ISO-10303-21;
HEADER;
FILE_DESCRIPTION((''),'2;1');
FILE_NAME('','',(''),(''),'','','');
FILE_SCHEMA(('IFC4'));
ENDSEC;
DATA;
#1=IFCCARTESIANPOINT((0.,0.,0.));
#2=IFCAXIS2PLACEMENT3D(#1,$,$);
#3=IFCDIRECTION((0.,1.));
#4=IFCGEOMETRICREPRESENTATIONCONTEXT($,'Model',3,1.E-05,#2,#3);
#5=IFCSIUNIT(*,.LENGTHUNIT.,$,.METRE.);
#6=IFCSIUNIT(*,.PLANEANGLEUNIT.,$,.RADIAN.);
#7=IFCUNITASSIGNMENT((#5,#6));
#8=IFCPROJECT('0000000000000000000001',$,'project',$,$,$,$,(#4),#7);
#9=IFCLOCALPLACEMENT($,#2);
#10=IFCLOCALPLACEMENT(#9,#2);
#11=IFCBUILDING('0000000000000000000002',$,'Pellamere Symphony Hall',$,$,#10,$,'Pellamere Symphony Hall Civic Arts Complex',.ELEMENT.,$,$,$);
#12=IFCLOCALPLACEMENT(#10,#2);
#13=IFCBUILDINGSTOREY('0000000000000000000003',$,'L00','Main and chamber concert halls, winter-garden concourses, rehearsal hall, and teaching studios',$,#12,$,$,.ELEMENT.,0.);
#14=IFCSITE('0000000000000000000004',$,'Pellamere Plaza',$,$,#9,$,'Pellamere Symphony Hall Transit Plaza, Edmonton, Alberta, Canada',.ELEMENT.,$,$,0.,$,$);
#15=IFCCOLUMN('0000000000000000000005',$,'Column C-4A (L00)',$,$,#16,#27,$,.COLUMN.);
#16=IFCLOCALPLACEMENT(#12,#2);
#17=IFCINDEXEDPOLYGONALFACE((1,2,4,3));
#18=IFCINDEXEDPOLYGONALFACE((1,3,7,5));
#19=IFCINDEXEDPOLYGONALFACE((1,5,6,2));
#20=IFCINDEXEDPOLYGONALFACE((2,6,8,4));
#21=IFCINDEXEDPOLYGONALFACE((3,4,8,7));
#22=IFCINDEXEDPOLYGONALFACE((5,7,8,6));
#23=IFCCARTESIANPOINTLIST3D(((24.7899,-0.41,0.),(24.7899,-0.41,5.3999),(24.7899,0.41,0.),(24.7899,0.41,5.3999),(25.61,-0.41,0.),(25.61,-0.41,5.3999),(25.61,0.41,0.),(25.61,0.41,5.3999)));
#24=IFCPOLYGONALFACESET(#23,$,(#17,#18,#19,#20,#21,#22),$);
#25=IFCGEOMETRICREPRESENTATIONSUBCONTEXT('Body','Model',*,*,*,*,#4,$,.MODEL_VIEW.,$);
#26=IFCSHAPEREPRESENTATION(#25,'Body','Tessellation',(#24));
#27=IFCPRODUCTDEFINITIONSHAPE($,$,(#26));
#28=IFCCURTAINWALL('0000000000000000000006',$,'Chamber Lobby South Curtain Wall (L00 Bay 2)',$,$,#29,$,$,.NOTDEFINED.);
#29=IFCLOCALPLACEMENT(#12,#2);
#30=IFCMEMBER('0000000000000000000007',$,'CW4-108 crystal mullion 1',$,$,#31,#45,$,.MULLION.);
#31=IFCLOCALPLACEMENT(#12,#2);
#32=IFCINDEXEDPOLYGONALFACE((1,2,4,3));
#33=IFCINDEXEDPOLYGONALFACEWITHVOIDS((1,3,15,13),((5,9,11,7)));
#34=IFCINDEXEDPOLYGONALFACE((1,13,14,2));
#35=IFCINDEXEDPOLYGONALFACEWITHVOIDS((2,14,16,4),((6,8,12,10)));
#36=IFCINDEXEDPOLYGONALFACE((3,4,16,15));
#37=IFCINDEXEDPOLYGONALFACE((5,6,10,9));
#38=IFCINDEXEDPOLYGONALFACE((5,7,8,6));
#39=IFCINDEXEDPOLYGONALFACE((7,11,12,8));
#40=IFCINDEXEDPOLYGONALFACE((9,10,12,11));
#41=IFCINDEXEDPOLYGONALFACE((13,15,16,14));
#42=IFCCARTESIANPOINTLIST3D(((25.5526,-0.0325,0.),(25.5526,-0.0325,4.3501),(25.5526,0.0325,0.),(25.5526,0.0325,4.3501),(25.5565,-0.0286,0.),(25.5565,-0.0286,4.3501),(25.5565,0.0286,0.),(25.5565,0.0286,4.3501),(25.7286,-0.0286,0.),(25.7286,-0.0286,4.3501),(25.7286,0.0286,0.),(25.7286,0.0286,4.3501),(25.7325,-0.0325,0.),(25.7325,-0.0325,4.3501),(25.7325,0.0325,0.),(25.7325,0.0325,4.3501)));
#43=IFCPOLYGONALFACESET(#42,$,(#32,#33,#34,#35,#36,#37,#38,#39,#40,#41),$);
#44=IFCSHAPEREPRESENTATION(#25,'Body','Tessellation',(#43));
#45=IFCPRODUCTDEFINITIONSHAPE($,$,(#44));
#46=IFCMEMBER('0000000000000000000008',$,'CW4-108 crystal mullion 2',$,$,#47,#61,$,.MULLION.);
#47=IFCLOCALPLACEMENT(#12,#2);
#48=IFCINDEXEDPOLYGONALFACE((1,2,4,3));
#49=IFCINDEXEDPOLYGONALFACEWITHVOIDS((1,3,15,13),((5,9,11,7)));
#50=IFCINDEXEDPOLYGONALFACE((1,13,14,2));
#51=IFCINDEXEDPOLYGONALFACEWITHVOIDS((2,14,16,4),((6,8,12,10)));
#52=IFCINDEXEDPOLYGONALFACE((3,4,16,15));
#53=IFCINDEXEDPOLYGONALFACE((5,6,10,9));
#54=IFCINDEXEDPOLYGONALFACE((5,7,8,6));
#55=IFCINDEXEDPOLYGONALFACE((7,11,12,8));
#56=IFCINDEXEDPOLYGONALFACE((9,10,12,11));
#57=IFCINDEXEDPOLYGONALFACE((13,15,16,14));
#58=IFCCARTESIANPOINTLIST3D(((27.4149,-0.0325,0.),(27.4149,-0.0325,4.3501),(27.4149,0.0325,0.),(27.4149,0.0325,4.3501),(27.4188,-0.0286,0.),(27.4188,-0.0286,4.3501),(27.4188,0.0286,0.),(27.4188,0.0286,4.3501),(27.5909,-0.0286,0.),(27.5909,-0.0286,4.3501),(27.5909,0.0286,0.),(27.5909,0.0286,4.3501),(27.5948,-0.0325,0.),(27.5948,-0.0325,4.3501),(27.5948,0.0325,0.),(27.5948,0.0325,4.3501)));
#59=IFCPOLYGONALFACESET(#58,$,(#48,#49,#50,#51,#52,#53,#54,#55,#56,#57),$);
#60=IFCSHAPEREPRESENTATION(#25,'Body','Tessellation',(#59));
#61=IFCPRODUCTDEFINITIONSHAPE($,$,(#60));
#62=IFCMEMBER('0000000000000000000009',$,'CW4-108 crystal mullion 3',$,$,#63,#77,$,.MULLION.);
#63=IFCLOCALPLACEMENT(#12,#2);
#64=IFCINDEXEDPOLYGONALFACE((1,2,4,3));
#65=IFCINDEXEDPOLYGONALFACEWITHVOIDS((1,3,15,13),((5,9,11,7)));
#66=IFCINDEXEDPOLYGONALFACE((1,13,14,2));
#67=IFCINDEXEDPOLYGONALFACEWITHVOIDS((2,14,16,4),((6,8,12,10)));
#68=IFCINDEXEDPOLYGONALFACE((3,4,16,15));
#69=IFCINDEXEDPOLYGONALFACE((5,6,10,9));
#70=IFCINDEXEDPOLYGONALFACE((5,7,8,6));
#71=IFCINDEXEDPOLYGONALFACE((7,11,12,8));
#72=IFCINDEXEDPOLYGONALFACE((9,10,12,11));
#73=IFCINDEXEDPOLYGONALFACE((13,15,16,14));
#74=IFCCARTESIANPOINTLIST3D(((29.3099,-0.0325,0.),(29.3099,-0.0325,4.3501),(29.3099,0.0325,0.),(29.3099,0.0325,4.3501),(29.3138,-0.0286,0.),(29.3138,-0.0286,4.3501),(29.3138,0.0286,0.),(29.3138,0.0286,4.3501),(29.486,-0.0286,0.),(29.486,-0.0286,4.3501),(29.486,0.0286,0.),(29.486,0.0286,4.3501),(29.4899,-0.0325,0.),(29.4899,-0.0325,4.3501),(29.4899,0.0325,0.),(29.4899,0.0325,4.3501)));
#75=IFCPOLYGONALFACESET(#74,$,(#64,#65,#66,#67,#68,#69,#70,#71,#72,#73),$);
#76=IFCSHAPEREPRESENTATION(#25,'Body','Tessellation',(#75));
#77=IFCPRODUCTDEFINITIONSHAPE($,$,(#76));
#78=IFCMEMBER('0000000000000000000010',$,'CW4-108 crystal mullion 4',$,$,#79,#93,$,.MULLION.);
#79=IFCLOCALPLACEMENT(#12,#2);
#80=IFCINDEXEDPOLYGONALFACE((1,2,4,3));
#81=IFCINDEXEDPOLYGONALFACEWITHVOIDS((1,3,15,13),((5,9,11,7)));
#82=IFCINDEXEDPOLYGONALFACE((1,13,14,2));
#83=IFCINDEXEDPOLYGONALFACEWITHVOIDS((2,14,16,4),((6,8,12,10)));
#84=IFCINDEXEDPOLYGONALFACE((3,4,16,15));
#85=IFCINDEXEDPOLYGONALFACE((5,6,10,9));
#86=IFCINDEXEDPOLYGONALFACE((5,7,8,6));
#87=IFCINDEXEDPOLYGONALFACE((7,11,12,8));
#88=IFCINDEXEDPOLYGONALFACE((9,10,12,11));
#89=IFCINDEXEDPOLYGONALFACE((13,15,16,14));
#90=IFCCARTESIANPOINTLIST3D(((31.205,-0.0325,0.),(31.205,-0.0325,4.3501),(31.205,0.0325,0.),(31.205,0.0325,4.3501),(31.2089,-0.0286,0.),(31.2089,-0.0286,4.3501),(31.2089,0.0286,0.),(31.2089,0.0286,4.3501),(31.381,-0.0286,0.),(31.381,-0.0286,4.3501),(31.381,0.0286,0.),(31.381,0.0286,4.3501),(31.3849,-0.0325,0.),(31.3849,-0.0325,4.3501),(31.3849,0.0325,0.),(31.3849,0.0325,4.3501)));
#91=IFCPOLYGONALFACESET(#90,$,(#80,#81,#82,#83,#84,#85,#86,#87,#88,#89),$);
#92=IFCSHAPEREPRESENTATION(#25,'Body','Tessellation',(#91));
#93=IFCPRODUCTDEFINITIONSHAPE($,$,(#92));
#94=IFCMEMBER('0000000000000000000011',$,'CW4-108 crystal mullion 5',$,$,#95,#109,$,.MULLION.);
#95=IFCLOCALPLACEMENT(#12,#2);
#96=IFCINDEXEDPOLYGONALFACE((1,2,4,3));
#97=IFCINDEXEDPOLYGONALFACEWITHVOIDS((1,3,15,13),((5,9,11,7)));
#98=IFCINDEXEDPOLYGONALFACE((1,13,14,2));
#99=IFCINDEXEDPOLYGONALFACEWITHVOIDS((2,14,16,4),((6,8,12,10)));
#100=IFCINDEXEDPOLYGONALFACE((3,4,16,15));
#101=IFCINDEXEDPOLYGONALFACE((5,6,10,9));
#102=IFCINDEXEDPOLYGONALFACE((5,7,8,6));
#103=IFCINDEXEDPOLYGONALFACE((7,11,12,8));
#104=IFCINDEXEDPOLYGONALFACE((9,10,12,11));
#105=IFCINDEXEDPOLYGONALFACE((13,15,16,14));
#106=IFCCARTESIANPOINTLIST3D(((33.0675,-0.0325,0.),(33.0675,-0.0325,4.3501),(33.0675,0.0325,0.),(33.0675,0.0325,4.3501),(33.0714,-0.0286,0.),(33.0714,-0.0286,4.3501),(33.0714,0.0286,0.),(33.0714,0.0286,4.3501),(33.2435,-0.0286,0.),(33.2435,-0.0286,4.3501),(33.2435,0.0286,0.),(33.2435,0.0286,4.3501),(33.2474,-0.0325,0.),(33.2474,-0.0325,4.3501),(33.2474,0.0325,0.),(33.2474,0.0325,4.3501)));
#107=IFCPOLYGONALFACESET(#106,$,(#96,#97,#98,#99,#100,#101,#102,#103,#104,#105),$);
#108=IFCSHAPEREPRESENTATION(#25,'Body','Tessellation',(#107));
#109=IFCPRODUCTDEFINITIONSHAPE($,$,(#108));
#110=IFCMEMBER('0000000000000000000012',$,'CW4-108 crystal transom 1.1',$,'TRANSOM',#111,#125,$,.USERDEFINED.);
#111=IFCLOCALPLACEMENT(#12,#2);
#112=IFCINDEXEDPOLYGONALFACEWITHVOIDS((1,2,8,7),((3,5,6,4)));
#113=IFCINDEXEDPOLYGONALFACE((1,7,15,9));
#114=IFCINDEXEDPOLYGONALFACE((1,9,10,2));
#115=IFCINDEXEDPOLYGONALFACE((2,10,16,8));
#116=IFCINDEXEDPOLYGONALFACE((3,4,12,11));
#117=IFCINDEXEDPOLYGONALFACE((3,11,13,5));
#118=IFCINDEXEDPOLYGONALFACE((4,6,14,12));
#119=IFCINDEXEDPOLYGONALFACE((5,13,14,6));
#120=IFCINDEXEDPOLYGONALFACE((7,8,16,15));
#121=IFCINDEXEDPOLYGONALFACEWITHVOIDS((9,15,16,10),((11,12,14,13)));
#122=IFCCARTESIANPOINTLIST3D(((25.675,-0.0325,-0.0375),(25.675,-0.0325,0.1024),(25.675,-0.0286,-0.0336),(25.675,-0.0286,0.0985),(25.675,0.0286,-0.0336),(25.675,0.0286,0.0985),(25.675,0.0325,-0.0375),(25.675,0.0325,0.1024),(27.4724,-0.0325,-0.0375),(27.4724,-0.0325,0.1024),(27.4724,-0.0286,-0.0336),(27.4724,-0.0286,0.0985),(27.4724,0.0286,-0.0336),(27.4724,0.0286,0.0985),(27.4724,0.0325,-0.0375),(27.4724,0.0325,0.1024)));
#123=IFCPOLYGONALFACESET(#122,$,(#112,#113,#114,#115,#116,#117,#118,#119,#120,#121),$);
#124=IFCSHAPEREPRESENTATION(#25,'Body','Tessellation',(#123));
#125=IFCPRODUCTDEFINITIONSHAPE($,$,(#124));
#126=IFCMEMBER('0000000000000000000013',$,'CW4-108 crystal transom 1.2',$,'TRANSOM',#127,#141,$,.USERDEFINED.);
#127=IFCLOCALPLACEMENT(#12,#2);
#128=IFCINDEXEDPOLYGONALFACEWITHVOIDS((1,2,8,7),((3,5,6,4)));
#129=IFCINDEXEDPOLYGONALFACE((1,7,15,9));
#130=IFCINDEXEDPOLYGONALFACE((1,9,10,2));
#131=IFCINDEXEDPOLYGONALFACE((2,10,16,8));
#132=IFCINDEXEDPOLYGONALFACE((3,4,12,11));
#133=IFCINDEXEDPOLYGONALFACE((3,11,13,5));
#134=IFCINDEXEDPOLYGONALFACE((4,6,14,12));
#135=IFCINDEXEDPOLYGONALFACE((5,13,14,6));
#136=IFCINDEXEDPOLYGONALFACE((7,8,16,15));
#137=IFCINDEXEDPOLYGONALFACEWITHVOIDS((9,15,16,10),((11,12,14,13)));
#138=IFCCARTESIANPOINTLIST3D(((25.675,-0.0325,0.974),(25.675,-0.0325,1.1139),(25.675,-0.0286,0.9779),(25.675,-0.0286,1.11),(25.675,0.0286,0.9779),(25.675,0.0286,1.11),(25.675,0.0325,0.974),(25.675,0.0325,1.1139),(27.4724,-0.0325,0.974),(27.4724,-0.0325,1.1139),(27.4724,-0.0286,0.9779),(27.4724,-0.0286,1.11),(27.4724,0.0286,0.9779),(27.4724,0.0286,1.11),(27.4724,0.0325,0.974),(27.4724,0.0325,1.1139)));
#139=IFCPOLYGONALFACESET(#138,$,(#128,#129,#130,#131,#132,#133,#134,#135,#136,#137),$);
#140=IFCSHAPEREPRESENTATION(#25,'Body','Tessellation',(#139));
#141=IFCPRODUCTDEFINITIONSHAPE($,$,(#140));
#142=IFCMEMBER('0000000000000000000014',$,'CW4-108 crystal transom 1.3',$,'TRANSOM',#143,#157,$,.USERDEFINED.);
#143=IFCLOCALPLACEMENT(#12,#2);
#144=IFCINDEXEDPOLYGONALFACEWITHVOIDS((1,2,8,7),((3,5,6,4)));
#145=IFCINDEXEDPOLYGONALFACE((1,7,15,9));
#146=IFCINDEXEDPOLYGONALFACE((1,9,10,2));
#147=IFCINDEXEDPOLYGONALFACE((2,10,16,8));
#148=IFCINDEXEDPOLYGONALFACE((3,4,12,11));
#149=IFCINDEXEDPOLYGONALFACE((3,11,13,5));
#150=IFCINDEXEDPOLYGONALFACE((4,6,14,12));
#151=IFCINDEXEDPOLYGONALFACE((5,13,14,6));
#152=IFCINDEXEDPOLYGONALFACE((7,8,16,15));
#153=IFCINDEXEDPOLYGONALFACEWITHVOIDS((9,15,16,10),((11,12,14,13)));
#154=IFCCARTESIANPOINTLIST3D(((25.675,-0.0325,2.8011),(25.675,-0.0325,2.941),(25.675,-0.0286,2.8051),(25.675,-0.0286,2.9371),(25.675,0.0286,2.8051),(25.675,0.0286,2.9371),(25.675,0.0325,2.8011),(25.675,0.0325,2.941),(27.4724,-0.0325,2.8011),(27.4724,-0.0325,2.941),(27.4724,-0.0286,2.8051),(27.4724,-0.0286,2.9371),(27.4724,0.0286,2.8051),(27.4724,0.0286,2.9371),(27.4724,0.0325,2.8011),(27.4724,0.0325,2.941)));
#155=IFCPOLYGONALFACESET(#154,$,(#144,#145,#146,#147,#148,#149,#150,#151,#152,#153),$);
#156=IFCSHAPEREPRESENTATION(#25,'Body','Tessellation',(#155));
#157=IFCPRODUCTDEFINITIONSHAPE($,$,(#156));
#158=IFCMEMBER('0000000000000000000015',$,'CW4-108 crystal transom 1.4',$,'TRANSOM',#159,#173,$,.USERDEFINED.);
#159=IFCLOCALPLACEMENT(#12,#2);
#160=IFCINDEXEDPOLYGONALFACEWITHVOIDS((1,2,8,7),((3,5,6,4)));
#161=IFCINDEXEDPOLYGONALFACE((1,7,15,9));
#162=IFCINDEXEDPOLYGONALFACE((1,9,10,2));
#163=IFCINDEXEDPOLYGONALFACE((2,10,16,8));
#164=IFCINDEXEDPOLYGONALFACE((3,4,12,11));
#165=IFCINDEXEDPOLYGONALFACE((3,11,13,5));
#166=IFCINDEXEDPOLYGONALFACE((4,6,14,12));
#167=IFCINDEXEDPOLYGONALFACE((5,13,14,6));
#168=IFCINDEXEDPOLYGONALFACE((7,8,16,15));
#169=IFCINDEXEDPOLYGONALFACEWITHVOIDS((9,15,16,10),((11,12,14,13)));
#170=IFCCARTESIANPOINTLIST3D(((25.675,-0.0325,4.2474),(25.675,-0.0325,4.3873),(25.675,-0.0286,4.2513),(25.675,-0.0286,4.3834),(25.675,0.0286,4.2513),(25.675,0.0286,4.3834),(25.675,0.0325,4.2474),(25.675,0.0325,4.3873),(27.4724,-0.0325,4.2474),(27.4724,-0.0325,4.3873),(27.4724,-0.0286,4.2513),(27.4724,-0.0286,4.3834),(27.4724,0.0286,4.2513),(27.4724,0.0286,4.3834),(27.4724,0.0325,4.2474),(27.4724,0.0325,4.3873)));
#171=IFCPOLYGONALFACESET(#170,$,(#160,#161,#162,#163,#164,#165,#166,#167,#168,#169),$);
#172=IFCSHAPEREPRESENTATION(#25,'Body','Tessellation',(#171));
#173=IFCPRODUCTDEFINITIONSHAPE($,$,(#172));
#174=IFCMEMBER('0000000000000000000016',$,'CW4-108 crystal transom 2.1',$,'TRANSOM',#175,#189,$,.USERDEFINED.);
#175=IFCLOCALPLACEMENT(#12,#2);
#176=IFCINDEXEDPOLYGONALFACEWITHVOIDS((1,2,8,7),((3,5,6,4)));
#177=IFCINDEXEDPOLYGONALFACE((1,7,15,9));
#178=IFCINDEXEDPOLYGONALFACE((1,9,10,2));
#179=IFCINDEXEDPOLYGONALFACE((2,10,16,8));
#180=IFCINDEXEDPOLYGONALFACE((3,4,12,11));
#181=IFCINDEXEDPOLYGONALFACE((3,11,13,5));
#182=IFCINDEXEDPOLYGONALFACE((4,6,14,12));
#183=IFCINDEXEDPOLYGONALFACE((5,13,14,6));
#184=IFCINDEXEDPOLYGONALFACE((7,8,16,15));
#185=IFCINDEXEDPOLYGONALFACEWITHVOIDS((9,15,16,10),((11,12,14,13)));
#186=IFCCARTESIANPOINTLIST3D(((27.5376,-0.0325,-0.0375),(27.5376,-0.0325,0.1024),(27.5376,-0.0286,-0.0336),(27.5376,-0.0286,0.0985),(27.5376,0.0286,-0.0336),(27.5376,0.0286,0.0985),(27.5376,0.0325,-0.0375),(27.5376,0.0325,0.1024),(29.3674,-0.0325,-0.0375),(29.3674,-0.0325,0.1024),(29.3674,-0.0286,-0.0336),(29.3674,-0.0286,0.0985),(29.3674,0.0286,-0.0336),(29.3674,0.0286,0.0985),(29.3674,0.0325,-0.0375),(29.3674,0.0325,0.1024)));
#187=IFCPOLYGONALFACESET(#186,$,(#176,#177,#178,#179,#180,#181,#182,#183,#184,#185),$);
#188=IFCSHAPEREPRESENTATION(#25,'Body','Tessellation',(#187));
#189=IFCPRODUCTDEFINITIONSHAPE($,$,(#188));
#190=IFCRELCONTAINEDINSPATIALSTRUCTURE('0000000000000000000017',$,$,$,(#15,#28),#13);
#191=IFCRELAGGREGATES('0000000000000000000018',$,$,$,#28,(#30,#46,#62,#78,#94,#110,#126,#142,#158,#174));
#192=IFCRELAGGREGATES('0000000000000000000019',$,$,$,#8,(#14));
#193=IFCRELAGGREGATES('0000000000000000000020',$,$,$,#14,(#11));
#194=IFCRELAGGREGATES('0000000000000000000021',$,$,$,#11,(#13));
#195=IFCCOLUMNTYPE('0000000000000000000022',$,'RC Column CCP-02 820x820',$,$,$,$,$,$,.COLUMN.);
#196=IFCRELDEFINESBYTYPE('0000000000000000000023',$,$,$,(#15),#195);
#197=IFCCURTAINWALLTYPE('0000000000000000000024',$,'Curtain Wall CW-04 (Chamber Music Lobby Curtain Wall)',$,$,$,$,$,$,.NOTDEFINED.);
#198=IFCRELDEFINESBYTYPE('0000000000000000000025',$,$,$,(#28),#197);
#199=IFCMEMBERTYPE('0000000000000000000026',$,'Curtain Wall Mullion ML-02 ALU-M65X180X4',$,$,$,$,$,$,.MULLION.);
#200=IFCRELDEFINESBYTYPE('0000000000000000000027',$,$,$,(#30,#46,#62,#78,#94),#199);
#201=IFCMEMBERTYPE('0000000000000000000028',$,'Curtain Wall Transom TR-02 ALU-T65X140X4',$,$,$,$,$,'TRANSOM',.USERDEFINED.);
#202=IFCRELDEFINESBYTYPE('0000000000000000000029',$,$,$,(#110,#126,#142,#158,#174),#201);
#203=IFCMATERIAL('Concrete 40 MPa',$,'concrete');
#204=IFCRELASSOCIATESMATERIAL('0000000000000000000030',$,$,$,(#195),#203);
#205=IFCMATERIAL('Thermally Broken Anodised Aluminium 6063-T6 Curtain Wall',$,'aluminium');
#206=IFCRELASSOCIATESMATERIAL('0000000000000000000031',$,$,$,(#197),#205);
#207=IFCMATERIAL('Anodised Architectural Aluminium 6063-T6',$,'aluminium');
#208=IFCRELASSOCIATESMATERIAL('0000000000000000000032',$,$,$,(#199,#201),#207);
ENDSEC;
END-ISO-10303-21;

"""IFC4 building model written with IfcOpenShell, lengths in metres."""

from ifc_helpers import new_model, si_unit, direction, frame, origin, origin_2d, place, context, subcontext, project, spatial, rectangle, hollow_rectangle, extrude, material, material_profile, profile_set, type_object, element, aggregate, save


model = new_model("IFC4")

# Units and contexts
model_context = context("Model", 3, precision=1e-05, world=origin(), true_north=direction((0.0, 1.0)))
body_context = subcontext(model_context, "Body", "Model", "MODEL_VIEW")
ifc_project = project(units=[si_unit("LENGTHUNIT", "METRE"), si_unit("PLANEANGLEUNIT", "RADIAN")], contexts=[model_context])

# Site, building, storey
site_placement = place(None, origin())
site = spatial("IfcSite", under=ifc_project, at=site_placement, Name="Pellamere Plaza", LongName="Pellamere Symphony Hall Transit Plaza, Edmonton, Alberta, Canada", CompositionType="ELEMENT", RefElevation=0.0)
building_placement = place(site_placement, origin())
building = spatial("IfcBuilding", under=site, at=building_placement, Name="Pellamere Symphony Hall", LongName="Pellamere Symphony Hall Civic Arts Complex", CompositionType="ELEMENT")
storey_placement = place(building_placement, origin())
storey = spatial("IfcBuildingStorey", under=building, at=storey_placement, Name="L00", Description="Main and chamber concert halls, winter-garden concourses, rehearsal hall, and teaching studios", CompositionType="ELEMENT", Elevation=0.0)

# Column
ifc_material_1 = material(Name="Concrete 40 MPa", Category="concrete")
ifc_material_profile_1 = material_profile(ifc_material_1, rectangle(XDim=0.8201, YDim=0.8201, at=origin_2d()), Name="RC 820x820")
ifc_profile_set_1 = profile_set([ifc_material_profile_1], Name="Concrete 40 MPa")
column_type = type_object("IfcColumnType", Name="RC Column CCP-02 820x820", PredefinedType="COLUMN", material=ifc_profile_set_1)
column_placement = place(storey_placement, frame((25.2, 0.0, 0.0), z_axis=(0.0, 0.0, 1.0), x_axis=(1.0, 0.0, 0.0)))
element("IfcColumn", 1, at=column_placement, inside=storey, type_object=column_type, Name="Column C-4A (L00)", PredefinedType="COLUMN", context=body_context, shape_type="SweptSolid", body=[
    extrude(rectangle(XDim=0.8201, YDim=0.8201, at=origin_2d()), origin(), (0.0, 0.0, 1.0), 5.3999),
])

# Curtain wall, members
ifc_material_2 = material(Name="Thermally Broken Anodised Aluminium 6063-T6 Curtain Wall", Category="aluminium")
curtain_wall_type = type_object("IfcCurtainWallType", Name="Curtain Wall CW-04 (Chamber Music Lobby Curtain Wall)", PredefinedType="NOTDEFINED", material=ifc_material_2)
curtain_wall_placement = place(storey_placement, origin())
curtain_wall = element("IfcCurtainWall", 2, at=curtain_wall_placement, inside=storey, type_object=curtain_wall_type, Name="Chamber Lobby South Curtain Wall (L00 Bay 2)", PredefinedType="NOTDEFINED")
ifc_material_3 = material(Name="Anodised Architectural Aluminium 6063-T6", Category="aluminium")
ifc_material_profile_2 = material_profile(ifc_material_3, hollow_rectangle(XDim=0.0649, YDim=0.1799, WallThickness=0.0039, at=origin_2d()), Name="ALU-M65X180X4")
ifc_profile_set_2 = profile_set([ifc_material_profile_2], Name="Anodised Architectural Aluminium 6063-T6")
member_type_1 = type_object("IfcMemberType", Name="Curtain Wall Mullion ML-02 ALU-M65X180X4", PredefinedType="MULLION", material=ifc_profile_set_2)
member_1_placement = place(storey_placement, frame((25.6426, 0.0, 0.0), z_axis=(0.0, 0.0, 1.0), x_axis=(0.0, 1.0, 0.0)))
member_1 = element("IfcMember", 3, at=member_1_placement, type_object=member_type_1, Name="CW4-108 crystal mullion 1", PredefinedType="MULLION", context=body_context, shape_type="SweptSolid", body=[
    extrude(hollow_rectangle(XDim=0.0649, YDim=0.1799, WallThickness=0.0039, at=origin_2d()), origin(), (0.0, 0.0, 1.0), 4.3501),
])
member_2_placement = place(storey_placement, frame((27.5049, 0.0, 0.0), z_axis=(0.0, 0.0, 1.0), x_axis=(0.0, 1.0, 0.0)))
member_2 = element("IfcMember", 4, at=member_2_placement, type_object=member_type_1, Name="CW4-108 crystal mullion 2", PredefinedType="MULLION", context=body_context, shape_type="SweptSolid", body=[
    extrude(hollow_rectangle(XDim=0.0649, YDim=0.1799, WallThickness=0.0039, at=origin_2d()), origin(), (0.0, 0.0, 1.0), 4.3501),
])
member_3_placement = place(storey_placement, frame((29.3999, 0.0, 0.0), z_axis=(0.0, 0.0, 1.0), x_axis=(0.0, 1.0, 0.0)))
member_3 = element("IfcMember", 5, at=member_3_placement, type_object=member_type_1, Name="CW4-108 crystal mullion 3", PredefinedType="MULLION", context=body_context, shape_type="SweptSolid", body=[
    extrude(hollow_rectangle(XDim=0.0649, YDim=0.1799, WallThickness=0.0039, at=origin_2d()), origin(), (0.0, 0.0, 1.0), 4.3501),
])
member_4_placement = place(storey_placement, frame((31.2949, 0.0, 0.0), z_axis=(0.0, 0.0, 1.0), x_axis=(0.0, 1.0, 0.0)))
member_4 = element("IfcMember", 6, at=member_4_placement, type_object=member_type_1, Name="CW4-108 crystal mullion 4", PredefinedType="MULLION", context=body_context, shape_type="SweptSolid", body=[
    extrude(hollow_rectangle(XDim=0.0649, YDim=0.1799, WallThickness=0.0039, at=origin_2d()), origin(), (0.0, 0.0, 1.0), 4.3501),
])
member_5_placement = place(storey_placement, frame((33.1575, 0.0, 0.0), z_axis=(0.0, 0.0, 1.0), x_axis=(0.0, 1.0, 0.0)))
member_5 = element("IfcMember", 7, at=member_5_placement, type_object=member_type_1, Name="CW4-108 crystal mullion 5", PredefinedType="MULLION", context=body_context, shape_type="SweptSolid", body=[
    extrude(hollow_rectangle(XDim=0.0649, YDim=0.1799, WallThickness=0.0039, at=origin_2d()), origin(), (0.0, 0.0, 1.0), 4.3501),
])
ifc_material_profile_3 = material_profile(ifc_material_3, hollow_rectangle(XDim=0.0649, YDim=0.1399, WallThickness=0.0039, at=origin_2d()), Name="ALU-T65X140X4")
ifc_profile_set_3 = profile_set([ifc_material_profile_3], Name="Anodised Architectural Aluminium 6063-T6")
member_type_2 = type_object("IfcMemberType", Name="Curtain Wall Transom TR-02 ALU-T65X140X4", ElementType="TRANSOM", PredefinedType="USERDEFINED", material=ifc_profile_set_3)
member_6_placement = place(storey_placement, frame((25.675, 0.0, 0.0325), z_axis=(1.0, 0.0, 0.0), x_axis=(0.0, 1.0, 0.0)))
member_6 = element("IfcMember", 8, at=member_6_placement, type_object=member_type_2, Name="CW4-108 crystal transom 1.1", ObjectType="TRANSOM", PredefinedType="USERDEFINED", context=body_context, shape_type="SweptSolid", body=[
    extrude(hollow_rectangle(XDim=0.0649, YDim=0.1399, WallThickness=0.0039, at=origin_2d()), origin(), (0.0, 0.0, 1.0), 1.7974),
])
member_7_placement = place(storey_placement, frame((25.675, 0.0, 1.0439), z_axis=(1.0, 0.0, 0.0), x_axis=(0.0, 1.0, 0.0)))
member_7 = element("IfcMember", 9, at=member_7_placement, type_object=member_type_2, Name="CW4-108 crystal transom 1.2", ObjectType="TRANSOM", PredefinedType="USERDEFINED", context=body_context, shape_type="SweptSolid", body=[
    extrude(hollow_rectangle(XDim=0.0649, YDim=0.1399, WallThickness=0.0039, at=origin_2d()), origin(), (0.0, 0.0, 1.0), 1.7974),
])
member_8_placement = place(storey_placement, frame((25.675, 0.0, 2.8711), z_axis=(1.0, 0.0, 0.0), x_axis=(0.0, 1.0, 0.0)))
member_8 = element("IfcMember", 10, at=member_8_placement, type_object=member_type_2, Name="CW4-108 crystal transom 1.3", ObjectType="TRANSOM", PredefinedType="USERDEFINED", context=body_context, shape_type="SweptSolid", body=[
    extrude(hollow_rectangle(XDim=0.0649, YDim=0.1399, WallThickness=0.0039, at=origin_2d()), origin(), (0.0, 0.0, 1.0), 1.7974),
])
member_9_placement = place(storey_placement, frame((25.675, 0.0, 4.3174), z_axis=(1.0, 0.0, 0.0), x_axis=(0.0, 1.0, 0.0)))
member_9 = element("IfcMember", 11, at=member_9_placement, type_object=member_type_2, Name="CW4-108 crystal transom 1.4", ObjectType="TRANSOM", PredefinedType="USERDEFINED", context=body_context, shape_type="SweptSolid", body=[
    extrude(hollow_rectangle(XDim=0.0649, YDim=0.1399, WallThickness=0.0039, at=origin_2d()), origin(), (0.0, 0.0, 1.0), 1.7974),
])
member_10_placement = place(storey_placement, frame((27.5376, 0.0, 0.0325), z_axis=(1.0, 0.0, 0.0), x_axis=(0.0, 1.0, 0.0)))
member_10 = element("IfcMember", 12, at=member_10_placement, type_object=member_type_2, Name="CW4-108 crystal transom 2.1", ObjectType="TRANSOM", PredefinedType="USERDEFINED", context=body_context, shape_type="SweptSolid", body=[
    extrude(hollow_rectangle(XDim=0.0649, YDim=0.1399, WallThickness=0.0039, at=origin_2d()), origin(), (0.0, 0.0, 1.0), 1.8298),
])

aggregate(curtain_wall, [member_1, member_2, member_3, member_4, member_5, member_6, member_7, member_8, member_9, member_10])

save(model, "model.ifc")
